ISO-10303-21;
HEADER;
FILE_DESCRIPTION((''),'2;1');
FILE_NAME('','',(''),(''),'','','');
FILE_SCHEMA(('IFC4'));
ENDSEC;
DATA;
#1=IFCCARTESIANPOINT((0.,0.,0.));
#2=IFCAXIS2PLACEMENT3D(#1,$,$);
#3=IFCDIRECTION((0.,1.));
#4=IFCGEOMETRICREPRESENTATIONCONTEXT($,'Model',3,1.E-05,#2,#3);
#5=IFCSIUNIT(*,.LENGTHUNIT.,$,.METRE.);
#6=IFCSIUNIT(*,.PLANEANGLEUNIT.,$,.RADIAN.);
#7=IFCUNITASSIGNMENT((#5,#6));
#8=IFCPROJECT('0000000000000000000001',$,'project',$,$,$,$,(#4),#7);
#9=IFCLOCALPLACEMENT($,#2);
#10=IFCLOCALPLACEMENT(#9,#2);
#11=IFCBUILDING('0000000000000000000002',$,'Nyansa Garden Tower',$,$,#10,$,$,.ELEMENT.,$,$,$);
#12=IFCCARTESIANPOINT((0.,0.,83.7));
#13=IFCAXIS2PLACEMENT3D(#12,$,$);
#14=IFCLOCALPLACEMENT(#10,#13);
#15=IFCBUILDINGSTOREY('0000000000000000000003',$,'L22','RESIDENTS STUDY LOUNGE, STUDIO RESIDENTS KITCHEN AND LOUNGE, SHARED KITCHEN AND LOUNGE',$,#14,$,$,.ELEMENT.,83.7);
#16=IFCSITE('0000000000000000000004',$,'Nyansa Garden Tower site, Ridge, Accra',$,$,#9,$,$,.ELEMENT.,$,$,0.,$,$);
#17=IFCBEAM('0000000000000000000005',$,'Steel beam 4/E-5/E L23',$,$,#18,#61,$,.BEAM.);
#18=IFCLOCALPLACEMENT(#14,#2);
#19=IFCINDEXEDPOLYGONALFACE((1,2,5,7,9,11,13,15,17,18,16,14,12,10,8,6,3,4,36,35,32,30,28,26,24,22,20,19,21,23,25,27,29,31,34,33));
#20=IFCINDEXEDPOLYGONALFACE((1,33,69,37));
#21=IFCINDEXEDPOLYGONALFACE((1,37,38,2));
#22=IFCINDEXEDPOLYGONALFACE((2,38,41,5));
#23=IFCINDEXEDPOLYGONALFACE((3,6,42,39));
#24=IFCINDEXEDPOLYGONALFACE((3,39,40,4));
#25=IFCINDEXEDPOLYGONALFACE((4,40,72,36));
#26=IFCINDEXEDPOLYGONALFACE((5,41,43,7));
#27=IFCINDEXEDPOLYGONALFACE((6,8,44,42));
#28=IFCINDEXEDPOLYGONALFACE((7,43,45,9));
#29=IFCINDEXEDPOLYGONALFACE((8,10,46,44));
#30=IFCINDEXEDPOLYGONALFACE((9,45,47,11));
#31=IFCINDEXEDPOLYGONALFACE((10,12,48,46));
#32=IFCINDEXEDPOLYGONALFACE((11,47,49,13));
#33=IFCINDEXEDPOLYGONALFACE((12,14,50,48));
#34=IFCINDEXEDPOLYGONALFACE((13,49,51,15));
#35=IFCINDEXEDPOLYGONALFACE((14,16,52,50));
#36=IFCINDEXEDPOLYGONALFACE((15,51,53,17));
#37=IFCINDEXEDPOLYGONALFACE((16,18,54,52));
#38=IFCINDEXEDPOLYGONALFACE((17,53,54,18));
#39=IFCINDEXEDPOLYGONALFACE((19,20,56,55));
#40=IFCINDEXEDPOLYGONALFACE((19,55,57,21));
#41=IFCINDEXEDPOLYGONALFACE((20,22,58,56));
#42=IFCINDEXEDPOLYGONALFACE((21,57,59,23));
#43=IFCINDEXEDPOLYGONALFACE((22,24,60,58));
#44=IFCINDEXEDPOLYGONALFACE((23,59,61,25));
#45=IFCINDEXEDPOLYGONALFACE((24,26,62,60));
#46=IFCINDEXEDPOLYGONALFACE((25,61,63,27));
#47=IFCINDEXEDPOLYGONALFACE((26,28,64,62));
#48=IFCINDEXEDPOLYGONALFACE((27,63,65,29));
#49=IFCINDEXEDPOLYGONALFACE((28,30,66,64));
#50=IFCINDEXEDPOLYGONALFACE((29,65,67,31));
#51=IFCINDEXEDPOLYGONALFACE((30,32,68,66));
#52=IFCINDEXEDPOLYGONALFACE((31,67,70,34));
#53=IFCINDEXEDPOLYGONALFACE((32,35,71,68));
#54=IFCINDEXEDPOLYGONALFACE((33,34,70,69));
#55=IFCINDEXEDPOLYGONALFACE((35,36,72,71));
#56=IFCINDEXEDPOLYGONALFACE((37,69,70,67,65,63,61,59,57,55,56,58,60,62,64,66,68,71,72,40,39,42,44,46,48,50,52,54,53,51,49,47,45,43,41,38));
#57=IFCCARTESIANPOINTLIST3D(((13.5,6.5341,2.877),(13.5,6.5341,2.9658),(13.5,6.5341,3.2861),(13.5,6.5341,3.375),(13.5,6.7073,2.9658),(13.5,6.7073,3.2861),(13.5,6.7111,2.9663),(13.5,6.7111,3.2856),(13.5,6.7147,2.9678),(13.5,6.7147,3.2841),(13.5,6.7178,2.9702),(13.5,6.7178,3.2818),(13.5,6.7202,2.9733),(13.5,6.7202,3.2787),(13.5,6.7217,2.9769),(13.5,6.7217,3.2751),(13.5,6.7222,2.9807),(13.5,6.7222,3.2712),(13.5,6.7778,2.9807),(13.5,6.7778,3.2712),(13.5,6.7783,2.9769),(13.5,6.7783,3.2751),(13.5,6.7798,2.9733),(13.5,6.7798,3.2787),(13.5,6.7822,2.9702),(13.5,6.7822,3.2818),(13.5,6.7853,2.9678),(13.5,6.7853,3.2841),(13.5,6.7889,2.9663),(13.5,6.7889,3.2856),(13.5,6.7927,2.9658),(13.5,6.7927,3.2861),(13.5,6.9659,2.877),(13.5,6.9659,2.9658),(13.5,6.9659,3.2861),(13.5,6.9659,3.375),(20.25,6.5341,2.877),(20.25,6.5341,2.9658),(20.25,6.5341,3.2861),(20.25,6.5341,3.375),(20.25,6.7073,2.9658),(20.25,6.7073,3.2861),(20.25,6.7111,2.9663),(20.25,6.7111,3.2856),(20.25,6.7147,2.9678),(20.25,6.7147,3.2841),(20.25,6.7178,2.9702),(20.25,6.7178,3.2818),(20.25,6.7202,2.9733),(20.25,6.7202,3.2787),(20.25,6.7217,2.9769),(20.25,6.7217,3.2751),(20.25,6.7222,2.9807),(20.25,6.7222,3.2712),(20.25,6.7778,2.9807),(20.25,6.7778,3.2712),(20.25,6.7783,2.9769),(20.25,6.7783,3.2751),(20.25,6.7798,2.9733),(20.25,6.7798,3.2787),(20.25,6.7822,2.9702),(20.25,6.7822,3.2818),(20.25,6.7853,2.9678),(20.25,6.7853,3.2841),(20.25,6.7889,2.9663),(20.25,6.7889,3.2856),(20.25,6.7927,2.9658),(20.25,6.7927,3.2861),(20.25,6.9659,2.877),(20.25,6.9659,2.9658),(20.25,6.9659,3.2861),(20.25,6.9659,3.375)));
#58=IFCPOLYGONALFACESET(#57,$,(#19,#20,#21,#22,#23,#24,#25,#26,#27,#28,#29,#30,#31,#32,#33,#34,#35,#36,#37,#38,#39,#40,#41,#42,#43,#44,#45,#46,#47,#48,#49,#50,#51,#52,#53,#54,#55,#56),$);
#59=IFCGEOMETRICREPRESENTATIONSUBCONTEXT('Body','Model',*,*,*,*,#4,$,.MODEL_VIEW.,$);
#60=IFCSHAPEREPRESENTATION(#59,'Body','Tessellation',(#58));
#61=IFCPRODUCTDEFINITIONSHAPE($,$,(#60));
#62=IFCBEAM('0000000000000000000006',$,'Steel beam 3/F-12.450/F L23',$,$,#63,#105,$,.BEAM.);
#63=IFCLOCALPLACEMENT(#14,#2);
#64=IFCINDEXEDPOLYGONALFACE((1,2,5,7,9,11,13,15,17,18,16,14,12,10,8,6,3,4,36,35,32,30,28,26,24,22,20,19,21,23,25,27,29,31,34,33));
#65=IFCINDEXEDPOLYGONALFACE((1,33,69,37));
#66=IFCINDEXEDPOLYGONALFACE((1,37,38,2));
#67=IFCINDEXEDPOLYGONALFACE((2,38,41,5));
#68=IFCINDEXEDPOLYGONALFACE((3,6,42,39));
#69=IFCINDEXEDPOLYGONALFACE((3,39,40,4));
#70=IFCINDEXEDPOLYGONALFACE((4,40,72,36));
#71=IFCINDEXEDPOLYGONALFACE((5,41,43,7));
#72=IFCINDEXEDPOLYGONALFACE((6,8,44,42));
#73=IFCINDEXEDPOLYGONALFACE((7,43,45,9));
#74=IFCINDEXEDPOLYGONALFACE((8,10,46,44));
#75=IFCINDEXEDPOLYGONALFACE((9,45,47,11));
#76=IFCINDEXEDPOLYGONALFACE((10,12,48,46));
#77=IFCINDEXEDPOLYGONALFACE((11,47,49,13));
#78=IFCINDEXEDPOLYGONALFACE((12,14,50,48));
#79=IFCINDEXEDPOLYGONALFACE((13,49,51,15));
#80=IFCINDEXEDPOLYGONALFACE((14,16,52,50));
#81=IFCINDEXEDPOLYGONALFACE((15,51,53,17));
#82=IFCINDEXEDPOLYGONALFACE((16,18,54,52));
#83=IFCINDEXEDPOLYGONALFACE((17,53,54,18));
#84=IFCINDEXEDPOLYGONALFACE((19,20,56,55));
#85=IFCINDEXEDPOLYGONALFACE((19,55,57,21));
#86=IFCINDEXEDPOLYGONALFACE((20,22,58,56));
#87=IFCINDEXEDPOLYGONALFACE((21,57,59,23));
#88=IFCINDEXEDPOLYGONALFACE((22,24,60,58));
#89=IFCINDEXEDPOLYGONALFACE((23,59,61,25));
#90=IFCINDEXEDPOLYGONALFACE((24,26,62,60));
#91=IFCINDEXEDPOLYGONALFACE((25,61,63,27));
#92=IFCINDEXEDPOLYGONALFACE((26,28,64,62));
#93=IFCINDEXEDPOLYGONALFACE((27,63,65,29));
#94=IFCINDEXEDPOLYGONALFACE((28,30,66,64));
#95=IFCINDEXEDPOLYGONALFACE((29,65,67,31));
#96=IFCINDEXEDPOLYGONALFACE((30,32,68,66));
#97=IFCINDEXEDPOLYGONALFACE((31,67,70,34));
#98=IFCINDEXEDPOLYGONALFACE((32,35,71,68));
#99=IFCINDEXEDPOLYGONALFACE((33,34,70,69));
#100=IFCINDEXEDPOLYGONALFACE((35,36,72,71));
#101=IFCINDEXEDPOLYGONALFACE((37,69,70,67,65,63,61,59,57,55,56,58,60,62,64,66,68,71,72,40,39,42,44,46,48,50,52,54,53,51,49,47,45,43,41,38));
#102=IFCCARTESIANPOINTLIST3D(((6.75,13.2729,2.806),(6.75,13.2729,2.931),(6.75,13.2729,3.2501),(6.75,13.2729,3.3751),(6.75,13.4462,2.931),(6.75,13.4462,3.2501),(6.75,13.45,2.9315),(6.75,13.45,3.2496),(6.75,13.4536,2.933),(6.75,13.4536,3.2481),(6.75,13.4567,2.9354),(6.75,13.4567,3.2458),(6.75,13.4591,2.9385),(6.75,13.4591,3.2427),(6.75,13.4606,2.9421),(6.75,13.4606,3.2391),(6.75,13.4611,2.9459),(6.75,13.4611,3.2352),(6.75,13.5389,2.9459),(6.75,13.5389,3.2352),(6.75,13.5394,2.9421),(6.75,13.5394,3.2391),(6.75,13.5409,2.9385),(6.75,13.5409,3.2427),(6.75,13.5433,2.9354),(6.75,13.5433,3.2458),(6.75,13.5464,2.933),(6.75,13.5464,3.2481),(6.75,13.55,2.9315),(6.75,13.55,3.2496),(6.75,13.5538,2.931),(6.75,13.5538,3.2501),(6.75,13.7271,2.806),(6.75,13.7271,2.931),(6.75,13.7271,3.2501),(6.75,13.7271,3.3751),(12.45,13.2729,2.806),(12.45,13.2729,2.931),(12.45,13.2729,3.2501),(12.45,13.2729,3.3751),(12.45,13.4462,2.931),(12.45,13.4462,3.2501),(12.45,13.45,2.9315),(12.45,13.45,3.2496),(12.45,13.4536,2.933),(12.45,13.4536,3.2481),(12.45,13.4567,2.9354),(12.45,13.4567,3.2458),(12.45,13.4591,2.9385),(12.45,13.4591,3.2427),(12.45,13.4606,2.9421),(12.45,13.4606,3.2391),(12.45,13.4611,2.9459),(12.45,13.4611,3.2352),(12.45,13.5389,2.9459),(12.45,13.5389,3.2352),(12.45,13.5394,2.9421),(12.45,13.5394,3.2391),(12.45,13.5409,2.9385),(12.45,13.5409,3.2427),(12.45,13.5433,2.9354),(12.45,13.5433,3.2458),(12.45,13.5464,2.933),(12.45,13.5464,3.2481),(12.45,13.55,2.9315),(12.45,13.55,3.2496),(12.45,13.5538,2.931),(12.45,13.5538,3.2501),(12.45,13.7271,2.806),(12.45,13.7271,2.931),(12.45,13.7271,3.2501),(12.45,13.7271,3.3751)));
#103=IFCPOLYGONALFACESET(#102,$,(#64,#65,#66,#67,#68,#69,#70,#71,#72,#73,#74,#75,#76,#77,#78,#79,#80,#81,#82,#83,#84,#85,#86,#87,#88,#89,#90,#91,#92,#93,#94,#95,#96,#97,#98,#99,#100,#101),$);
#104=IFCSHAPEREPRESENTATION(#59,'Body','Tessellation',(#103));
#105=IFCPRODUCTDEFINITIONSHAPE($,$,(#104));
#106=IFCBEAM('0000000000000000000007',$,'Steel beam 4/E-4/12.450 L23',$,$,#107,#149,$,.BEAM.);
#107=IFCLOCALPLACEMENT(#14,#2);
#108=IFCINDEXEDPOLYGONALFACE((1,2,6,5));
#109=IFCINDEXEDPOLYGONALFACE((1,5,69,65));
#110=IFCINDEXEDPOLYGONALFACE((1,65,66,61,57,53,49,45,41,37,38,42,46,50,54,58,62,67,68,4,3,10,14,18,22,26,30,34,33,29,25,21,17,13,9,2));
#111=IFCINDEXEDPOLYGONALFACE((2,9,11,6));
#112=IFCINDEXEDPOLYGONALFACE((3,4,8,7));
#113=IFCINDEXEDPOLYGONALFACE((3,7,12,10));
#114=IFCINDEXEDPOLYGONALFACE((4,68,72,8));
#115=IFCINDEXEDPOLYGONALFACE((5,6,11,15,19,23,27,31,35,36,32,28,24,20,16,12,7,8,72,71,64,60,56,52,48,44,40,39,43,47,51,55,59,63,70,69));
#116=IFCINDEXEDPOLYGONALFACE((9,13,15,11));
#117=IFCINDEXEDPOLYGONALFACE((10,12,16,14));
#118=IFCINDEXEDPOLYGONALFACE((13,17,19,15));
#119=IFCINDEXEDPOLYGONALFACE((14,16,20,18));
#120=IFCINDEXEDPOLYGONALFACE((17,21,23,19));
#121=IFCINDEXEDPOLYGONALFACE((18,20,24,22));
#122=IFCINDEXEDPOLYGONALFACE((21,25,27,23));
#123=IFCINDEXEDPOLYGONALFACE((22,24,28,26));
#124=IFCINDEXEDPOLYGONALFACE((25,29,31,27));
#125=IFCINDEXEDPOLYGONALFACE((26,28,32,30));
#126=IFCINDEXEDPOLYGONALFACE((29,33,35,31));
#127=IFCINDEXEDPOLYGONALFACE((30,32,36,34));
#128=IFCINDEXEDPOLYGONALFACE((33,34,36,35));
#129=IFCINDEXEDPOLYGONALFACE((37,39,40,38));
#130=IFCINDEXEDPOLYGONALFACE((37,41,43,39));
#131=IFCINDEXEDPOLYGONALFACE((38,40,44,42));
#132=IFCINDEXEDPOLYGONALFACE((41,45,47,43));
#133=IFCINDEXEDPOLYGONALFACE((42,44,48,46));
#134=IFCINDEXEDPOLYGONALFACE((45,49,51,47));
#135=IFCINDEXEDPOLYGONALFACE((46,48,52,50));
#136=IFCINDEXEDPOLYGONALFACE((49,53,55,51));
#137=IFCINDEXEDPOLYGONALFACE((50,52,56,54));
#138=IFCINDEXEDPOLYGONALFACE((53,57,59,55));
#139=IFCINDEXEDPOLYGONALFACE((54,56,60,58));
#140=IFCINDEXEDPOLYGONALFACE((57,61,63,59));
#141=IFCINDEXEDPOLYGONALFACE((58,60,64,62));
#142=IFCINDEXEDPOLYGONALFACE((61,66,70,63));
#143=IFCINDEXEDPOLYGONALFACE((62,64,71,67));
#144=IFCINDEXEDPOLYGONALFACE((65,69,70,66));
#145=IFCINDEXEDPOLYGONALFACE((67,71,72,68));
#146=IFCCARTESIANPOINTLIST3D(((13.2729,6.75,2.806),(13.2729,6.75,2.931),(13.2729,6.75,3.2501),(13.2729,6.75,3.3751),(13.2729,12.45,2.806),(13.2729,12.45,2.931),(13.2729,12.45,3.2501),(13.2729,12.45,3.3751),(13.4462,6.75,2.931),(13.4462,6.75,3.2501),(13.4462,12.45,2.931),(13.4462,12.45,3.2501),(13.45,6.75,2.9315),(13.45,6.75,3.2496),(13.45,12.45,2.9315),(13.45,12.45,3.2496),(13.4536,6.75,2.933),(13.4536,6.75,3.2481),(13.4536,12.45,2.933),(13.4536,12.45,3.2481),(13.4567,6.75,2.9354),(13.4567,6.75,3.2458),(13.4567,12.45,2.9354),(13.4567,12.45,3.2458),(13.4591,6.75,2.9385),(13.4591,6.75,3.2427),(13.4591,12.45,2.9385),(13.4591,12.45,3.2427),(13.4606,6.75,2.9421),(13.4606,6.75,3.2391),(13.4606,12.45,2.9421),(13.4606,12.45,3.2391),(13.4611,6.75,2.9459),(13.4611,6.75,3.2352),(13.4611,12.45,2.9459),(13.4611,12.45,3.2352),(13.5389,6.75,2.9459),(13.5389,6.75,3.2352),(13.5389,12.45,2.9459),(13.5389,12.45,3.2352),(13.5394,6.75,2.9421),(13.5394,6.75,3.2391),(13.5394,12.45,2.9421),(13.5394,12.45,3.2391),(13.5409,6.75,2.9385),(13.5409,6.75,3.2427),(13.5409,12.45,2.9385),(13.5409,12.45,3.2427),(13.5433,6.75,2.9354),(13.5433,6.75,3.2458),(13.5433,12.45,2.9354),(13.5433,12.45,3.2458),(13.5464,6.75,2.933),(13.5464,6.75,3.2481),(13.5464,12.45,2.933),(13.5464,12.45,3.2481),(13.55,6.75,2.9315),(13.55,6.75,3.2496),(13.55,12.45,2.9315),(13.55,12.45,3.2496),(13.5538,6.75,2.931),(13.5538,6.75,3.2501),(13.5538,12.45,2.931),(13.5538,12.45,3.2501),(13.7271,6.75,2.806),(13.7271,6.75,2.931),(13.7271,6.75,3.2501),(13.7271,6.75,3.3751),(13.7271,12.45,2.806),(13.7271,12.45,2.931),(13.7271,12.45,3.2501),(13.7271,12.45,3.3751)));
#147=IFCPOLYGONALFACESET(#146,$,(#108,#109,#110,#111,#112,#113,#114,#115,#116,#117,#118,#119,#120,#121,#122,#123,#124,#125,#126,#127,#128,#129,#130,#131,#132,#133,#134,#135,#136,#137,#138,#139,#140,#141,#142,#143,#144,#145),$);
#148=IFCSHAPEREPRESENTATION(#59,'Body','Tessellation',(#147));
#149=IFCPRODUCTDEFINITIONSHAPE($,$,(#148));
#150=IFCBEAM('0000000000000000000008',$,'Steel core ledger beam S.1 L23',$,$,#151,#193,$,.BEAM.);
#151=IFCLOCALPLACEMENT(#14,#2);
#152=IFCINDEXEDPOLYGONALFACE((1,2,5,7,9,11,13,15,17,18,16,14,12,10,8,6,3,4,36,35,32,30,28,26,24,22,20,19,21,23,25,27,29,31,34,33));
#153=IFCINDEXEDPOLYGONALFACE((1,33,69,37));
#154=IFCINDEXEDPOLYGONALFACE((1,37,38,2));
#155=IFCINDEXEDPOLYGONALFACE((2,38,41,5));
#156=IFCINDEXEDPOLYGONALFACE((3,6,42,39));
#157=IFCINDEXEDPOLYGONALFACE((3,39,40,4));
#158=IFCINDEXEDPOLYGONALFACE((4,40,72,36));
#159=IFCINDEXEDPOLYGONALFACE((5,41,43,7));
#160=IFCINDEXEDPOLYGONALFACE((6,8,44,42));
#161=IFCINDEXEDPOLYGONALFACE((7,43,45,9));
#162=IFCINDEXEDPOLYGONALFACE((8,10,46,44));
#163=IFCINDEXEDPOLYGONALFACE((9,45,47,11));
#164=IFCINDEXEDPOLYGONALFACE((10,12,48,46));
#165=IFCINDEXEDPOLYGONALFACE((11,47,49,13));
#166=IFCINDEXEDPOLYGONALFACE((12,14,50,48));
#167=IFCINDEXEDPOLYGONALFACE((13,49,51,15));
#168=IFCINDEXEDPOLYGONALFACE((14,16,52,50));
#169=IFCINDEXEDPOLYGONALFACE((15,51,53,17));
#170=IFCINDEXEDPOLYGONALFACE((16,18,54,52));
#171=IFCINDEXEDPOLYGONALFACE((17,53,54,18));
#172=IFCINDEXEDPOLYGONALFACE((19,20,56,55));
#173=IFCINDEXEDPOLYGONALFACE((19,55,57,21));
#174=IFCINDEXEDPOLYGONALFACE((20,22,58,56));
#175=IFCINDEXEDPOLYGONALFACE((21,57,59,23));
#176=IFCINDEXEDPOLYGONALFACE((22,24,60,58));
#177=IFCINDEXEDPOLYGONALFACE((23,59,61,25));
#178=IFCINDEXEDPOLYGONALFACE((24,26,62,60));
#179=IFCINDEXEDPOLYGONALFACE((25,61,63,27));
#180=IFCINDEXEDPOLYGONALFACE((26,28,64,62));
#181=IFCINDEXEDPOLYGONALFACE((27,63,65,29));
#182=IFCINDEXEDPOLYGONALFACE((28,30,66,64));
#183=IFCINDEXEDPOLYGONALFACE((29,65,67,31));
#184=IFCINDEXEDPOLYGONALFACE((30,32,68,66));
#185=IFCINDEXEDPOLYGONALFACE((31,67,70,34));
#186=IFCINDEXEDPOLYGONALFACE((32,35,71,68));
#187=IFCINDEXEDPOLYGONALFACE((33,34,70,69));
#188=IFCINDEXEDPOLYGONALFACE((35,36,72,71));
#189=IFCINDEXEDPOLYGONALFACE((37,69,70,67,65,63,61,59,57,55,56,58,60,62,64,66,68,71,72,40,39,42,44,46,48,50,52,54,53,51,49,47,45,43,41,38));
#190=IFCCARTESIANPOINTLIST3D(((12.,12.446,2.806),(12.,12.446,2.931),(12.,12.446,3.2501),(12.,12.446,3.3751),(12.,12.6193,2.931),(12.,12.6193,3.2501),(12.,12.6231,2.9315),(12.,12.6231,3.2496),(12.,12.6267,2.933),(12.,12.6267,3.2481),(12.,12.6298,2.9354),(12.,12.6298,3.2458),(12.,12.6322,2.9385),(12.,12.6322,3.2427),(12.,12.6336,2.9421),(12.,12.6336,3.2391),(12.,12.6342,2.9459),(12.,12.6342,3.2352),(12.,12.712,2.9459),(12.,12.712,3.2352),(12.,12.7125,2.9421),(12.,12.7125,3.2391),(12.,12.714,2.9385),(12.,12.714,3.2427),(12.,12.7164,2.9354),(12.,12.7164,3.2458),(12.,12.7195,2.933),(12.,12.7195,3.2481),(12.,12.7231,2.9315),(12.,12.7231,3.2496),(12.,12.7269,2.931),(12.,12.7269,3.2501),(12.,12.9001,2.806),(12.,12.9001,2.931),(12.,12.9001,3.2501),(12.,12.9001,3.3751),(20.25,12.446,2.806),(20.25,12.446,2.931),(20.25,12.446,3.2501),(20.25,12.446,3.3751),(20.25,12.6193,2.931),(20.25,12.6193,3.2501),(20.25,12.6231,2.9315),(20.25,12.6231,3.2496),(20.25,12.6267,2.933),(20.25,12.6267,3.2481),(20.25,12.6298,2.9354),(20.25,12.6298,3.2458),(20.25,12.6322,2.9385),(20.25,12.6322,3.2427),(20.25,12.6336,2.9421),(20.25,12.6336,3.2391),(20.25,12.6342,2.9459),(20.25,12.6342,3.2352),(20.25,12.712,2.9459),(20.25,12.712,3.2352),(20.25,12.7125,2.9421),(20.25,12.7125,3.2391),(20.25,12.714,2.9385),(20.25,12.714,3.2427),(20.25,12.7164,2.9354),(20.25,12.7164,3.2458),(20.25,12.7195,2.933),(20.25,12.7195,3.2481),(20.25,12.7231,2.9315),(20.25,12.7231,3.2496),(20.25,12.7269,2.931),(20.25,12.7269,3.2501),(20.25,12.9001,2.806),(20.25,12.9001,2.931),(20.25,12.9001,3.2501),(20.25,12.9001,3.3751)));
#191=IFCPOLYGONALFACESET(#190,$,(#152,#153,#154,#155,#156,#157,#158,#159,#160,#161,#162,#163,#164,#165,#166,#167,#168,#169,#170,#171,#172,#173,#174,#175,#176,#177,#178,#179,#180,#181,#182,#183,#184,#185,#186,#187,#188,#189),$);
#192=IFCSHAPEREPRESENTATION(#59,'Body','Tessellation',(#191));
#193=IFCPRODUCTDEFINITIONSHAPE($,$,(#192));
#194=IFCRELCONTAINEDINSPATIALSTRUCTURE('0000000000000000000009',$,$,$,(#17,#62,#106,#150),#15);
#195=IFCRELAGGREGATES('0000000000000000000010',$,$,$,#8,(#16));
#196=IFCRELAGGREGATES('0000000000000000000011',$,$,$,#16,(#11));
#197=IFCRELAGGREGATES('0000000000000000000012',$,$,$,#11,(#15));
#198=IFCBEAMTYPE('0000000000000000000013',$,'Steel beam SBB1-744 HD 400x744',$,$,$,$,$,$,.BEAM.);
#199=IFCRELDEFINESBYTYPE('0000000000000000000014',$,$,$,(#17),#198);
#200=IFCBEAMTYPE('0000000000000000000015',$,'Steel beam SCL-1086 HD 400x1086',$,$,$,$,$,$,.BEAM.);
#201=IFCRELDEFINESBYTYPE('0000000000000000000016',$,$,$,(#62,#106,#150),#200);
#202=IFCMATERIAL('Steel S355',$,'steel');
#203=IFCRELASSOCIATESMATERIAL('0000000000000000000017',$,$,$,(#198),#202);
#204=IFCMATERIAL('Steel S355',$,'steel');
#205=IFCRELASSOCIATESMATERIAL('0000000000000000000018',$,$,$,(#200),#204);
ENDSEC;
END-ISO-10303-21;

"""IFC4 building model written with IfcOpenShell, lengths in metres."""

from ifc_helpers import new_model, si_unit, direction, frame, origin, origin_2d, place, context, subcontext, project, spatial, i_section, extrude, material, material_profile, profile_set, type_object, element, save


model = new_model("IFC4")

# Units and contexts
model_context = context("Model", 3, precision=1e-05, world=origin(), true_north=direction((0.0, 1.0)))
body_context = subcontext(model_context, "Body", "Model", "MODEL_VIEW")
ifc_project = project(units=[si_unit("LENGTHUNIT", "METRE"), si_unit("PLANEANGLEUNIT", "RADIAN")], contexts=[model_context])

# Site, building, storey
site_placement = place(None, origin())
site = spatial("IfcSite", under=ifc_project, at=site_placement, Name="Nyansa Garden Tower site, Ridge, Accra", CompositionType="ELEMENT", RefElevation=0.0)
building_placement = place(site_placement, origin())
building = spatial("IfcBuilding", under=site, at=building_placement, Name="Nyansa Garden Tower", CompositionType="ELEMENT")
storey_placement = place(building_placement, frame((0.0, 0.0, 83.7)))
storey = spatial("IfcBuildingStorey", under=building, at=storey_placement, Name="L22", Description="RESIDENTS STUDY LOUNGE, STUDIO RESIDENTS KITCHEN AND LOUNGE, SHARED KITCHEN AND LOUNGE", CompositionType="ELEMENT", Elevation=83.7)

# Beams
ifc_material_1 = material(Name="Steel S355", Category="steel")
ifc_material_profile_1 = material_profile(ifc_material_1, i_section(OverallWidth=0.4319, OverallDepth=0.498, WebThickness=0.0557, FlangeThickness=0.0889, FilletRadius=0.0149, at=origin_2d()), Name="HD 400x744")
ifc_profile_set_1 = profile_set([ifc_material_profile_1], Name="Steel S355")
beam_type_1 = type_object("IfcBeamType", Name="Steel beam SBB1-744 HD 400x744", PredefinedType="BEAM", material=ifc_profile_set_1)
for number, where, z_axis, x_axis, name in (
    (1, (13.5, 6.75, 3.126), (1.0, 0.0, 0.0), (0.0, 1.0, 0.0), "Steel beam 4/E-5/E L23"),
):
    element("IfcBeam", number, at=place(storey_placement, frame(where, z_axis=z_axis, x_axis=x_axis)), inside=storey, type_object=beam_type_1, Name=name, PredefinedType="BEAM", context=body_context, shape_type="SweptSolid", body=[
        extrude(i_section(OverallWidth=0.4319, OverallDepth=0.498, WebThickness=0.0557, FlangeThickness=0.0889, FilletRadius=0.0149, at=origin_2d()), origin(), (0.0, 0.0, 1.0), 6.75),
    ])
ifc_material_2 = material(Name="Steel S355", Category="steel")
ifc_material_profile_2 = material_profile(ifc_material_2, i_section(OverallWidth=0.4541, OverallDepth=0.5691, WebThickness=0.0779, FlangeThickness=0.125, FilletRadius=0.0149, at=origin_2d()), Name="HD 400x1086")
ifc_profile_set_2 = profile_set([ifc_material_profile_2], Name="Steel S355")
beam_type_2 = type_object("IfcBeamType", Name="Steel beam SCL-1086 HD 400x1086", PredefinedType="BEAM", material=ifc_profile_set_2)
for number, where, z_axis, x_axis, name in (
    (2, (6.75, 13.5, 3.0906), (1.0, 0.0, 0.0), (0.0, 1.0, 0.0), "Steel beam 3/F-12.450/F L23"),
    (3, (13.5, 6.75, 3.0906), (0.0, 1.0, 0.0), (-1.0, 0.0, 0.0), "Steel beam 4/E-4/12.450 L23"),
):
    element("IfcBeam", number, at=place(storey_placement, frame(where, z_axis=z_axis, x_axis=x_axis)), inside=storey, type_object=beam_type_2, Name=name, PredefinedType="BEAM", context=body_context, shape_type="SweptSolid", body=[
        extrude(i_section(OverallWidth=0.4541, OverallDepth=0.5691, WebThickness=0.0779, FlangeThickness=0.125, FilletRadius=0.0149, at=origin_2d()), origin(), (0.0, 0.0, 1.0), 5.7),
    ])
beam_placement = place(storey_placement, frame((12.0, 12.6731, 3.0906), z_axis=(1.0, 0.0, 0.0), x_axis=(0.0, 1.0, 0.0)))
element("IfcBeam", 4, at=beam_placement, inside=storey, type_object=beam_type_2, Name="Steel core ledger beam S.1 L23", PredefinedType="BEAM", context=body_context, shape_type="SweptSolid", body=[
    extrude(i_section(OverallWidth=0.4541, OverallDepth=0.5691, WebThickness=0.0779, FlangeThickness=0.125, FilletRadius=0.0149, at=origin_2d()), origin(), (0.0, 0.0, 1.0), 8.25),
])

save(model, "model.ifc")
